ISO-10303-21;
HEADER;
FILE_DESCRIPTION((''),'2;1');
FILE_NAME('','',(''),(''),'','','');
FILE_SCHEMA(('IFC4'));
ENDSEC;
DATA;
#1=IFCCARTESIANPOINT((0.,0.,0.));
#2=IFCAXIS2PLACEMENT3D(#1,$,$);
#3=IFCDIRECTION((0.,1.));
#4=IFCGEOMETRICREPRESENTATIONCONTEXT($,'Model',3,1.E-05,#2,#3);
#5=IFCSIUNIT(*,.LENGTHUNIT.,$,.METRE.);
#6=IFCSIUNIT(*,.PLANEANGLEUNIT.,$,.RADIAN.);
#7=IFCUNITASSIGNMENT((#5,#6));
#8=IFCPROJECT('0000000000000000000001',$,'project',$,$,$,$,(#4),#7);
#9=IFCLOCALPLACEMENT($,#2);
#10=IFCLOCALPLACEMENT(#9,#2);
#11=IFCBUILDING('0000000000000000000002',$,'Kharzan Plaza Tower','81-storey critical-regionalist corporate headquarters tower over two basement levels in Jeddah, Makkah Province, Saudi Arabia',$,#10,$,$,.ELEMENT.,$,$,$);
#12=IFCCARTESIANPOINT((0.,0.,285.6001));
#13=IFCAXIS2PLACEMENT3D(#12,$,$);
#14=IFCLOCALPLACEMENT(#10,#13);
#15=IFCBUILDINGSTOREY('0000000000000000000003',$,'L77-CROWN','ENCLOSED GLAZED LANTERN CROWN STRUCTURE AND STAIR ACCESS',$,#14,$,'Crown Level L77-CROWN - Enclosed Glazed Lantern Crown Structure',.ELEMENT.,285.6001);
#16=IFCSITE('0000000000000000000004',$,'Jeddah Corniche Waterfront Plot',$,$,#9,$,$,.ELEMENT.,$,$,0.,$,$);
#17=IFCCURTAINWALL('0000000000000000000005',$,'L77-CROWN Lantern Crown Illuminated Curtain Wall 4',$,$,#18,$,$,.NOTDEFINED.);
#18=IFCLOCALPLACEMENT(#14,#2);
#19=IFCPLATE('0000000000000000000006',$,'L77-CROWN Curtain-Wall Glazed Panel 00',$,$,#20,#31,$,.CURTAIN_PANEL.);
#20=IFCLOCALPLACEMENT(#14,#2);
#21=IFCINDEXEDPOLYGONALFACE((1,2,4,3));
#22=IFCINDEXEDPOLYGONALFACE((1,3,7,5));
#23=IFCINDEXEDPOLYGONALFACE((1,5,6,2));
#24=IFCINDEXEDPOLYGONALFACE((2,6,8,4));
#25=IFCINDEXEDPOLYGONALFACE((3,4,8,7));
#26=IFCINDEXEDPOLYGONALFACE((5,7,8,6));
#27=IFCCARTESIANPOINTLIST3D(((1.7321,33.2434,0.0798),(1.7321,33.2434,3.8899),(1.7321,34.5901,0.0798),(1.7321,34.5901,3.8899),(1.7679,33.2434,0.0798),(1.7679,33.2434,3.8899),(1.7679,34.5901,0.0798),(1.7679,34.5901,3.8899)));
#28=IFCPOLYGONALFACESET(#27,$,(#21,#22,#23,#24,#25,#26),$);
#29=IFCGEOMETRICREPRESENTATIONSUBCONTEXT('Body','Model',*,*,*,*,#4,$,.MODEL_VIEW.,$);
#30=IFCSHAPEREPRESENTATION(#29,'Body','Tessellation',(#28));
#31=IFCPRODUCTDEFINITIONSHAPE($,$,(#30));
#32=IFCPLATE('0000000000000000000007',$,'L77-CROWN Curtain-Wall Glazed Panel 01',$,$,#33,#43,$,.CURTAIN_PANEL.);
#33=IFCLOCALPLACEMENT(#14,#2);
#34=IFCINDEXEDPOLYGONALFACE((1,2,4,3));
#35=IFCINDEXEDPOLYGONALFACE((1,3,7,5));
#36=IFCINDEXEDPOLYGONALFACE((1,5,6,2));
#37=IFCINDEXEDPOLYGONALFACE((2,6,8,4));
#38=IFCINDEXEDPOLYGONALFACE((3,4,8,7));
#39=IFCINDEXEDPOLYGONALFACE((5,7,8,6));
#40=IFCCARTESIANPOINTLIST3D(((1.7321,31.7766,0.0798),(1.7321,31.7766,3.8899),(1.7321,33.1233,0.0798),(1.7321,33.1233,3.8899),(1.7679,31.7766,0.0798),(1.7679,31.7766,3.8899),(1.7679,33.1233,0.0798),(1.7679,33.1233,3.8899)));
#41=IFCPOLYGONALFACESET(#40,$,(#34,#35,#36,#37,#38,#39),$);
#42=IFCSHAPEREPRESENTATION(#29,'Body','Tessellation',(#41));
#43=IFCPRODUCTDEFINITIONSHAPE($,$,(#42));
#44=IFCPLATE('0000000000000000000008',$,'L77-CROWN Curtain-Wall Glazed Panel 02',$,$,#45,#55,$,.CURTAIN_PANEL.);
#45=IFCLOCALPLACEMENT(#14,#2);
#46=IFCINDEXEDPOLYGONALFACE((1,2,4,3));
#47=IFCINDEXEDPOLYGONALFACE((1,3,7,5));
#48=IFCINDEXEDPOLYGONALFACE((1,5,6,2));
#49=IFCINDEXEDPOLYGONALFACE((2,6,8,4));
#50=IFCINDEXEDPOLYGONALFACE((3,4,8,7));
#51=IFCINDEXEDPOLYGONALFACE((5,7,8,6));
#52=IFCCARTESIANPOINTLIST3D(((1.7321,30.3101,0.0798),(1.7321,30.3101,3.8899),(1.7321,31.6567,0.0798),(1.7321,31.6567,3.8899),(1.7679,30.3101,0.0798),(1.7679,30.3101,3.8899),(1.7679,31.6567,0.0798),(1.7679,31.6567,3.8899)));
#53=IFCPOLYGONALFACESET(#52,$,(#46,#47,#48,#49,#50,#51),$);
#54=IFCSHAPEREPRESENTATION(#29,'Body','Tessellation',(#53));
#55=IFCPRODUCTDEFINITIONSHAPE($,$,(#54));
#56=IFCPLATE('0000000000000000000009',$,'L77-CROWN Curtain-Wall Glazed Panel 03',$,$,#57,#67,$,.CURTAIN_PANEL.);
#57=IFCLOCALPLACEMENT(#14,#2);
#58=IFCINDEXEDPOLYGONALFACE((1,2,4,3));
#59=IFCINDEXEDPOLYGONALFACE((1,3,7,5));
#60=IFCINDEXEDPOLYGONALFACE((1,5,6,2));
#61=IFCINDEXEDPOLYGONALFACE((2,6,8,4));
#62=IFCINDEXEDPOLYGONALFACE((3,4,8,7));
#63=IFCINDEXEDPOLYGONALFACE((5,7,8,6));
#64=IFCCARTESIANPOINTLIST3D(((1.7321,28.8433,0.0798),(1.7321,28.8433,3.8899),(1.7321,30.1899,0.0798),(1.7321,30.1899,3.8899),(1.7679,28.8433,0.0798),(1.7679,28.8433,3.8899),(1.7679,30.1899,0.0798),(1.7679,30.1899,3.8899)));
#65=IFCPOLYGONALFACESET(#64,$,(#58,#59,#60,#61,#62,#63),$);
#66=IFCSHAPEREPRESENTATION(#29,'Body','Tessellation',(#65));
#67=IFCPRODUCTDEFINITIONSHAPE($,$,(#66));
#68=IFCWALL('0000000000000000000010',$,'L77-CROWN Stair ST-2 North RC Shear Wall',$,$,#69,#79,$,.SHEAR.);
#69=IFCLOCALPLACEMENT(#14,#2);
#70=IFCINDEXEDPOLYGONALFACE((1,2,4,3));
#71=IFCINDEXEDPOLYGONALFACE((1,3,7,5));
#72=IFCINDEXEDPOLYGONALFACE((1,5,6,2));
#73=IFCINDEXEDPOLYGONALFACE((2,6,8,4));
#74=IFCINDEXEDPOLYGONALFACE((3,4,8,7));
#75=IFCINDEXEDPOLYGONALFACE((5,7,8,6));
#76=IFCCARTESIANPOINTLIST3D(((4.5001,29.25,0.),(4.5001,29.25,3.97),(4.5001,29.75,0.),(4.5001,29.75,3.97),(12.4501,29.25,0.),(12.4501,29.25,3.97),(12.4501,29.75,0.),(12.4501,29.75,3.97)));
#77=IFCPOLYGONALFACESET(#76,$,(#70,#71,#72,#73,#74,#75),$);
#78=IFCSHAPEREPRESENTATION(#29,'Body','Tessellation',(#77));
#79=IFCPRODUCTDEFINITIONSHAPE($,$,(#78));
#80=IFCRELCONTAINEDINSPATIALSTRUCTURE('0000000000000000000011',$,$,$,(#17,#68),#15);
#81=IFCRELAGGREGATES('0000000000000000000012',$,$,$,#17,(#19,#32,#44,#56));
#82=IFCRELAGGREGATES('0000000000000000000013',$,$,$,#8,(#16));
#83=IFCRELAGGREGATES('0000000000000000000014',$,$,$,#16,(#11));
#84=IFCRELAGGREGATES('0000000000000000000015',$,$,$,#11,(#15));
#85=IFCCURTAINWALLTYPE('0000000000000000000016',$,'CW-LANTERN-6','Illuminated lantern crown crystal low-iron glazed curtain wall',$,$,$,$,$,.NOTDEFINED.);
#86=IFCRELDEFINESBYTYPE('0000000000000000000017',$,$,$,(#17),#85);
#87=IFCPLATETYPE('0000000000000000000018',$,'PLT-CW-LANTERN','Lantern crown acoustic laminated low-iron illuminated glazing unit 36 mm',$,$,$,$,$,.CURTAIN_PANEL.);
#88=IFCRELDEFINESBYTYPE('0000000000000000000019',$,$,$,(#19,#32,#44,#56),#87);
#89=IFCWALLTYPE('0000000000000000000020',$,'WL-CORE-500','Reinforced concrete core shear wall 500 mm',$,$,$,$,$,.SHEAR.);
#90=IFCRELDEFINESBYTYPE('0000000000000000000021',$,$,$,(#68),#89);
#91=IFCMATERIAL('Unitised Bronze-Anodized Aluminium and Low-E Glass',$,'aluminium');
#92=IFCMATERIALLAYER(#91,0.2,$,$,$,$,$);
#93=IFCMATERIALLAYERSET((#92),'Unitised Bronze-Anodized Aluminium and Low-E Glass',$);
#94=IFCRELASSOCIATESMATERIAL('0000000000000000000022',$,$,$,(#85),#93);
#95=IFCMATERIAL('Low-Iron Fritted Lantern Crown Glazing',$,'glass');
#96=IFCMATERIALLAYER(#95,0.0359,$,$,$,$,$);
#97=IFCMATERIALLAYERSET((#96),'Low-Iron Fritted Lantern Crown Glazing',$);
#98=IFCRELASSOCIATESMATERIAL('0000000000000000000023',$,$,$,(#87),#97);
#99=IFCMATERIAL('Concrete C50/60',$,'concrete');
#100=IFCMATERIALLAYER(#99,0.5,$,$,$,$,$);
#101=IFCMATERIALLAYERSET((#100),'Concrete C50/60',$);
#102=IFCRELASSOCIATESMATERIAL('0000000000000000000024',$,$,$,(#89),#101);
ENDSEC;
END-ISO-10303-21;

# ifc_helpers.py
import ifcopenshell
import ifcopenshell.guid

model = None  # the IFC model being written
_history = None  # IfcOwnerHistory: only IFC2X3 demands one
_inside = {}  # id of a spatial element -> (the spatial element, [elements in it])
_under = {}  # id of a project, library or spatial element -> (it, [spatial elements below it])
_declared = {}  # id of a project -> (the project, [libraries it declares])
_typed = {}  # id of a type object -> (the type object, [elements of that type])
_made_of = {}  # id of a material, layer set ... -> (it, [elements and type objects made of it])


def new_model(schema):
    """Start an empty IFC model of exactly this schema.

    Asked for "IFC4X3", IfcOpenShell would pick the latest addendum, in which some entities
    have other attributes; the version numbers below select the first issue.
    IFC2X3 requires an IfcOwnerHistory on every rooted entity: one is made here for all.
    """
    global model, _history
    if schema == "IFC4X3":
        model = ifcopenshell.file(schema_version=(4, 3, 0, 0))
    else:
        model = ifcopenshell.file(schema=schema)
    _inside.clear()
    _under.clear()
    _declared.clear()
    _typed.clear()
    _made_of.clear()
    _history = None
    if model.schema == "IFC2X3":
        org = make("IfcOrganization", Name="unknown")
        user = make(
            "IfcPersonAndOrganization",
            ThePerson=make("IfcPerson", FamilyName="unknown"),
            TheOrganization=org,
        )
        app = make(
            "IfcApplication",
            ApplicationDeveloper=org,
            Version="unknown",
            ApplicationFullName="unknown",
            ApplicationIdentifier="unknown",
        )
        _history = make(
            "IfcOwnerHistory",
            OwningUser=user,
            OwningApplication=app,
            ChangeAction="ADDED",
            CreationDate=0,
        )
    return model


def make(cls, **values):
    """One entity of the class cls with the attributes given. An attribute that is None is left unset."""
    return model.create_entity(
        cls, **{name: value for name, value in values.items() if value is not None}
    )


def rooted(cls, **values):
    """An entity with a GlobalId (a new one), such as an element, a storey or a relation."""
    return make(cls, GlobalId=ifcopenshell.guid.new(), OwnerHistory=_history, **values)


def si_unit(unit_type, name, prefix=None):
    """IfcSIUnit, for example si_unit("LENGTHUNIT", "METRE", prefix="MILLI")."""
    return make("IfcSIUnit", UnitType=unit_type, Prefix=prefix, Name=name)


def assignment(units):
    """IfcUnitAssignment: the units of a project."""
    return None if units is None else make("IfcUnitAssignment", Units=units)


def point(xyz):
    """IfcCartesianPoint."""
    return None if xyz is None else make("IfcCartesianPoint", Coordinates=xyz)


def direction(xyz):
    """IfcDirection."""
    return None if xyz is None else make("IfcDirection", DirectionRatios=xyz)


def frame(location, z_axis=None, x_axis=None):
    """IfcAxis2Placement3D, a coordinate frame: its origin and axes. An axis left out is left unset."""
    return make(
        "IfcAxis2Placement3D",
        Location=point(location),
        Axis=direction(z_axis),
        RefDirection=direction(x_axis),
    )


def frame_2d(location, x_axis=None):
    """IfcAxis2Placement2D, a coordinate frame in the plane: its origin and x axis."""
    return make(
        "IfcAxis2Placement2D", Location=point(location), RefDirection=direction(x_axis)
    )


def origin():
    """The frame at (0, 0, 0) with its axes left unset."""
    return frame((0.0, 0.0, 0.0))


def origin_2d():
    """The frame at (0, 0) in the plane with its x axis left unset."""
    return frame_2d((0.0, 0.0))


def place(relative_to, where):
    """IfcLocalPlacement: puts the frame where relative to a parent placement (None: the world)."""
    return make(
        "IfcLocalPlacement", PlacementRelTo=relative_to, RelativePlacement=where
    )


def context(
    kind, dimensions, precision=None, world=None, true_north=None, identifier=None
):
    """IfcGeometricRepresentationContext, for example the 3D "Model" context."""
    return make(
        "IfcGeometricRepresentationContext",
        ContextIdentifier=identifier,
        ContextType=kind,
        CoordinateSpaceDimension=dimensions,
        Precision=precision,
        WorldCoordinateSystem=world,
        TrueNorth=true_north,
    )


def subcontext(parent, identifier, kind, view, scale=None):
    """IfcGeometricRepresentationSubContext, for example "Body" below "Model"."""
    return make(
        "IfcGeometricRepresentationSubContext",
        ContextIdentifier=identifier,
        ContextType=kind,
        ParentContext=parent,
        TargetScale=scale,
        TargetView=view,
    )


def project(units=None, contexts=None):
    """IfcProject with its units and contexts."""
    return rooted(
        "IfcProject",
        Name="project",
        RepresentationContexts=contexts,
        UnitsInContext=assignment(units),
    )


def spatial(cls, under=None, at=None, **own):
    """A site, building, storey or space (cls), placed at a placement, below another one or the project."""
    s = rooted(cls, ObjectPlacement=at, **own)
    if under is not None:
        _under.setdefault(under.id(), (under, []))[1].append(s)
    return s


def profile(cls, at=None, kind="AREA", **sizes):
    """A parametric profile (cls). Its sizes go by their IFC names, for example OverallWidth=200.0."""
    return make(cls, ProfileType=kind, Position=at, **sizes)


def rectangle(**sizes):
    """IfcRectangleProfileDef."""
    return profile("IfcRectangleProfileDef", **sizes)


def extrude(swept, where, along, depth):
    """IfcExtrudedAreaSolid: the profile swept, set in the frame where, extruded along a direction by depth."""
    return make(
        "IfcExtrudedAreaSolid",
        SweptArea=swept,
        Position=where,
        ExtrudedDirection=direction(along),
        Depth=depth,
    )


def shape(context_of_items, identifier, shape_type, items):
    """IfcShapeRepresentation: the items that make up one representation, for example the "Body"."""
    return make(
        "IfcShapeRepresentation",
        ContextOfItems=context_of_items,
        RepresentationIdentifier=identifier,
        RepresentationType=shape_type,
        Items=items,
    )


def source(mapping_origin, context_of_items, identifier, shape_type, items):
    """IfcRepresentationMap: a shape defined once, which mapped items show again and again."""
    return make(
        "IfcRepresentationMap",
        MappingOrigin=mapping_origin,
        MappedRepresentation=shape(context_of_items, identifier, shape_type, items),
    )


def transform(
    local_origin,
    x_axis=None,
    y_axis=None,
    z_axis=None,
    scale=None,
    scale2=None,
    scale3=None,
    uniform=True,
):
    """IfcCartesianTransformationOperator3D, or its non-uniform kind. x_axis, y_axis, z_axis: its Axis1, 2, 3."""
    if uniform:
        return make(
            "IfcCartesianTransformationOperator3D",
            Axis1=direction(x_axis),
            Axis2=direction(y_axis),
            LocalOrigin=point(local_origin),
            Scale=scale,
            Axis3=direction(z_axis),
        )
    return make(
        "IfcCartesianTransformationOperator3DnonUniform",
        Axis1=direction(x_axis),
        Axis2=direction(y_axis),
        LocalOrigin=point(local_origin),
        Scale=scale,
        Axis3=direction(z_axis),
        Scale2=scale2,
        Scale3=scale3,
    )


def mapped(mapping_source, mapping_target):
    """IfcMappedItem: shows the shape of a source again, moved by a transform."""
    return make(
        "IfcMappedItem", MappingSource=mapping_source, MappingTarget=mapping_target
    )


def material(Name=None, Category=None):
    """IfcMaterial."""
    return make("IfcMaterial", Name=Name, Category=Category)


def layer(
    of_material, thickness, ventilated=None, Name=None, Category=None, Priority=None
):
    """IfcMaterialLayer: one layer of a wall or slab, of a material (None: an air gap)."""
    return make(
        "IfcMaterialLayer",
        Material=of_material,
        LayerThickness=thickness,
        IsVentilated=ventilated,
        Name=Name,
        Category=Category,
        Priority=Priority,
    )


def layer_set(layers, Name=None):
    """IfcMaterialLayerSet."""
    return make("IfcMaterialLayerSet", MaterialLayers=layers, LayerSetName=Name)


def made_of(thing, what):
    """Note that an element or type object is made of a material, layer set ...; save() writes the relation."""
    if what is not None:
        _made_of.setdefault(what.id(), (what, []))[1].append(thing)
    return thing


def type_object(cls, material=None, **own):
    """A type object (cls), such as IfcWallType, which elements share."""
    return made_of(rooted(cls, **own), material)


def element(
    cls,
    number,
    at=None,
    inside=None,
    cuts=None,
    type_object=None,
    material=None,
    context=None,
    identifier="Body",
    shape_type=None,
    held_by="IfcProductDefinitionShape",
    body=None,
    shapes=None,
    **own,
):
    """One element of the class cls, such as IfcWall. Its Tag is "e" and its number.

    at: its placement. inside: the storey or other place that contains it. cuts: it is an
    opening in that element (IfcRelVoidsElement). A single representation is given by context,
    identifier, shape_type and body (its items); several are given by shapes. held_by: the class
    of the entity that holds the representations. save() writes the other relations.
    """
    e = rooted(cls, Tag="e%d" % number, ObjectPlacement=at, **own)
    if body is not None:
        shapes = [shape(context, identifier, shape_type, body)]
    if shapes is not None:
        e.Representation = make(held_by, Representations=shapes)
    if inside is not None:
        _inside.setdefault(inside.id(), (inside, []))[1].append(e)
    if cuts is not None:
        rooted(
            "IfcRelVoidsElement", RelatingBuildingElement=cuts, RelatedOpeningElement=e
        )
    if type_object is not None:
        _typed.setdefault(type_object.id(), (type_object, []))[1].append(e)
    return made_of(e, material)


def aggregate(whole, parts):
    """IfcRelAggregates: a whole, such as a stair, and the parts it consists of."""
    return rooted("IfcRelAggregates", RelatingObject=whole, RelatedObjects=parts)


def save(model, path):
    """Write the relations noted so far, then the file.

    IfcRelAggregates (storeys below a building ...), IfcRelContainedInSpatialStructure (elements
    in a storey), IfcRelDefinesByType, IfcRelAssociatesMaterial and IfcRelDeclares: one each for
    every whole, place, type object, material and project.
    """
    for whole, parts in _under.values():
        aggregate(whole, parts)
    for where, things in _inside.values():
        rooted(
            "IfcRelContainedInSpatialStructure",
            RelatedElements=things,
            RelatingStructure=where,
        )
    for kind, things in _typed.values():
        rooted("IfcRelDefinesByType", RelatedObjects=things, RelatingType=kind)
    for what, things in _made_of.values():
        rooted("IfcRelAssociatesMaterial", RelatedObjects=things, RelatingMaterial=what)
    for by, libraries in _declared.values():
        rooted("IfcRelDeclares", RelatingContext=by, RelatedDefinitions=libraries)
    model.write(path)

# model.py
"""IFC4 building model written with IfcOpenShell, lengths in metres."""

from ifc_helpers import new_model, si_unit, direction, frame, frame_2d, origin, origin_2d, place, context, subcontext, project, spatial, rectangle, extrude, source, transform, mapped, material, layer, layer_set, type_object, element, aggregate, save


model = new_model("IFC4")

# Units and contexts
model_context = context("Model", 3, precision=1e-05, world=origin(), true_north=direction((0.0, 1.0)))
body_context = subcontext(model_context, "Body", "Model", "MODEL_VIEW")
ifc_project = project(units=[si_unit("LENGTHUNIT", "METRE"), si_unit("PLANEANGLEUNIT", "RADIAN")], contexts=[model_context])

# Site, building, storey
site_placement = place(None, origin())
site = spatial("IfcSite", under=ifc_project, at=site_placement, Name="Jeddah Corniche Waterfront Plot", CompositionType="ELEMENT", RefElevation=0.0)
building_placement = place(site_placement, origin())
building = spatial("IfcBuilding", under=site, at=building_placement, Name="Kharzan Plaza Tower", Description="81-storey critical-regionalist corporate headquarters tower over two basement levels in Jeddah, Makkah Province, Saudi Arabia", CompositionType="ELEMENT")
storey_placement = place(building_placement, frame((0.0, 0.0, 285.6001)))
storey = spatial("IfcBuildingStorey", under=building, at=storey_placement, Name="L77-CROWN", Description="ENCLOSED GLAZED LANTERN CROWN STRUCTURE AND STAIR ACCESS", LongName="Crown Level L77-CROWN - Enclosed Glazed Lantern Crown Structure", CompositionType="ELEMENT", Elevation=285.6001)

# Curtain wall
ifc_material_1 = material(Name="Unitised Bronze-Anodized Aluminium and Low-E Glass", Category="aluminium")
ifc_layer_1 = layer(ifc_material_1, 0.2)
ifc_layer_set_1 = layer_set([ifc_layer_1], Name="Unitised Bronze-Anodized Aluminium and Low-E Glass")
curtain_wall_type = type_object("IfcCurtainWallType", Name="CW-LANTERN-6", Description="Illuminated lantern crown crystal low-iron glazed curtain wall", PredefinedType="NOTDEFINED", material=ifc_layer_set_1)
curtain_wall_1_placement = place(storey_placement, origin())
curtain_wall_1 = element("IfcCurtainWall", 1, at=curtain_wall_1_placement, inside=storey, type_object=curtain_wall_type, Name="L77-CROWN Lantern Crown Illuminated Curtain Wall 4", PredefinedType="NOTDEFINED")

# Plates
ifc_material_2 = material(Name="Low-Iron Fritted Lantern Crown Glazing", Category="glass")
ifc_layer_2 = layer(ifc_material_2, 0.0359)
ifc_layer_set_2 = layer_set([ifc_layer_2], Name="Low-Iron Fritted Lantern Crown Glazing")
plate_type = type_object("IfcPlateType", Name="PLT-CW-LANTERN", Description="Lantern crown acoustic laminated low-iron illuminated glazing unit 36 mm", PredefinedType="CURTAIN_PANEL", material=ifc_layer_set_2)
shared_shape_1 = source(origin(), body_context, "Body", "SweptSolid", [
    extrude(rectangle(XDim=1.3467, YDim=0.0359, at=origin_2d()), origin(), (0.0, 0.0, 1.0), 3.8101),
])
plate_1_placement = place(storey_placement, frame((1.75, 33.9167, 0.0798), z_axis=(0.0, 0.0, 1.0), x_axis=(0.0, -1.0, 0.0)))
plate_1 = element("IfcPlate", 2, at=plate_1_placement, type_object=plate_type, Name="L77-CROWN Curtain-Wall Glazed Panel 00", PredefinedType="CURTAIN_PANEL", context=body_context, shape_type="MappedRepresentation", body=[
    mapped(shared_shape_1, transform((0.0, 0.0, 0.0), x_axis=(1.0, 0.0, 0.0), y_axis=(0.0, 1.0, 0.0), z_axis=(0.0, 0.0, 1.0))),
])
plate_2_placement = place(storey_placement, frame((1.75, 32.45, 0.0798), z_axis=(0.0, 0.0, 1.0), x_axis=(0.0, -1.0, 0.0)))
plate_2 = element("IfcPlate", 3, at=plate_2_placement, type_object=plate_type, Name="L77-CROWN Curtain-Wall Glazed Panel 01", PredefinedType="CURTAIN_PANEL", context=body_context, shape_type="MappedRepresentation", body=[
    mapped(shared_shape_1, transform((0.0, 0.0, 0.0), x_axis=(1.0, 0.0, 0.0), y_axis=(0.0, 1.0, 0.0), z_axis=(0.0, 0.0, 1.0))),
])
plate_3_placement = place(storey_placement, frame((1.75, 30.9834, 0.0798), z_axis=(0.0, 0.0, 1.0), x_axis=(0.0, -1.0, 0.0)))
plate_3 = element("IfcPlate", 4, at=plate_3_placement, type_object=plate_type, Name="L77-CROWN Curtain-Wall Glazed Panel 02", PredefinedType="CURTAIN_PANEL", context=body_context, shape_type="MappedRepresentation", body=[
    mapped(shared_shape_1, transform((0.0, 0.0, 0.0), x_axis=(1.0, 0.0, 0.0), y_axis=(0.0, 1.0, 0.0), z_axis=(0.0, 0.0, 1.0))),
])
plate_4_placement = place(storey_placement, frame((1.75, 29.5166, 0.0798), z_axis=(0.0, 0.0, 1.0), x_axis=(0.0, -1.0, 0.0)))
plate_4 = element("IfcPlate", 5, at=plate_4_placement, type_object=plate_type, Name="L77-CROWN Curtain-Wall Glazed Panel 03", PredefinedType="CURTAIN_PANEL", context=body_context, shape_type="MappedRepresentation", body=[
    mapped(shared_shape_1, transform((0.0, 0.0, 0.0), x_axis=(1.0, 0.0, 0.0), y_axis=(0.0, 1.0, 0.0), z_axis=(0.0, 0.0, 1.0))),
])
aggregate(curtain_wall_1, [plate_1, plate_2, plate_3, plate_4])

# Wall
ifc_material_3 = material(Name="Concrete C50/60", Category="concrete")
ifc_layer_3 = layer(ifc_material_3, 0.5)
ifc_layer_set_3 = layer_set([ifc_layer_3], Name="Concrete C50/60")
wall_type = type_object("IfcWallType", Name="WL-CORE-500", Description="Reinforced concrete core shear wall 500 mm", PredefinedType="SHEAR", material=ifc_layer_set_3)
shared_shape_2 = source(origin(), body_context, "Body", "SweptSolid", [
    extrude(rectangle(XDim=7.95, YDim=0.5, at=frame_2d((3.9751, 0.0))), origin(), (0.0, 0.0, 1.0), 3.97),
])
wall_placement = place(storey_placement, frame((4.5, 29.5, 0.0), z_axis=(0.0, 0.0, 1.0), x_axis=(1.0, 0.0, 0.0)))
element("IfcWall", 6, at=wall_placement, inside=storey, type_object=wall_type, Name="L77-CROWN Stair ST-2 North RC Shear Wall", PredefinedType="SHEAR", context=body_context, shape_type="MappedRepresentation", body=[
    mapped(shared_shape_2, transform((0.0, 0.0, 0.0), x_axis=(1.0, 0.0, 0.0), y_axis=(0.0, 1.0, 0.0), z_axis=(0.0, 0.0, 1.0))),
])

save(model, "model.ifc")
